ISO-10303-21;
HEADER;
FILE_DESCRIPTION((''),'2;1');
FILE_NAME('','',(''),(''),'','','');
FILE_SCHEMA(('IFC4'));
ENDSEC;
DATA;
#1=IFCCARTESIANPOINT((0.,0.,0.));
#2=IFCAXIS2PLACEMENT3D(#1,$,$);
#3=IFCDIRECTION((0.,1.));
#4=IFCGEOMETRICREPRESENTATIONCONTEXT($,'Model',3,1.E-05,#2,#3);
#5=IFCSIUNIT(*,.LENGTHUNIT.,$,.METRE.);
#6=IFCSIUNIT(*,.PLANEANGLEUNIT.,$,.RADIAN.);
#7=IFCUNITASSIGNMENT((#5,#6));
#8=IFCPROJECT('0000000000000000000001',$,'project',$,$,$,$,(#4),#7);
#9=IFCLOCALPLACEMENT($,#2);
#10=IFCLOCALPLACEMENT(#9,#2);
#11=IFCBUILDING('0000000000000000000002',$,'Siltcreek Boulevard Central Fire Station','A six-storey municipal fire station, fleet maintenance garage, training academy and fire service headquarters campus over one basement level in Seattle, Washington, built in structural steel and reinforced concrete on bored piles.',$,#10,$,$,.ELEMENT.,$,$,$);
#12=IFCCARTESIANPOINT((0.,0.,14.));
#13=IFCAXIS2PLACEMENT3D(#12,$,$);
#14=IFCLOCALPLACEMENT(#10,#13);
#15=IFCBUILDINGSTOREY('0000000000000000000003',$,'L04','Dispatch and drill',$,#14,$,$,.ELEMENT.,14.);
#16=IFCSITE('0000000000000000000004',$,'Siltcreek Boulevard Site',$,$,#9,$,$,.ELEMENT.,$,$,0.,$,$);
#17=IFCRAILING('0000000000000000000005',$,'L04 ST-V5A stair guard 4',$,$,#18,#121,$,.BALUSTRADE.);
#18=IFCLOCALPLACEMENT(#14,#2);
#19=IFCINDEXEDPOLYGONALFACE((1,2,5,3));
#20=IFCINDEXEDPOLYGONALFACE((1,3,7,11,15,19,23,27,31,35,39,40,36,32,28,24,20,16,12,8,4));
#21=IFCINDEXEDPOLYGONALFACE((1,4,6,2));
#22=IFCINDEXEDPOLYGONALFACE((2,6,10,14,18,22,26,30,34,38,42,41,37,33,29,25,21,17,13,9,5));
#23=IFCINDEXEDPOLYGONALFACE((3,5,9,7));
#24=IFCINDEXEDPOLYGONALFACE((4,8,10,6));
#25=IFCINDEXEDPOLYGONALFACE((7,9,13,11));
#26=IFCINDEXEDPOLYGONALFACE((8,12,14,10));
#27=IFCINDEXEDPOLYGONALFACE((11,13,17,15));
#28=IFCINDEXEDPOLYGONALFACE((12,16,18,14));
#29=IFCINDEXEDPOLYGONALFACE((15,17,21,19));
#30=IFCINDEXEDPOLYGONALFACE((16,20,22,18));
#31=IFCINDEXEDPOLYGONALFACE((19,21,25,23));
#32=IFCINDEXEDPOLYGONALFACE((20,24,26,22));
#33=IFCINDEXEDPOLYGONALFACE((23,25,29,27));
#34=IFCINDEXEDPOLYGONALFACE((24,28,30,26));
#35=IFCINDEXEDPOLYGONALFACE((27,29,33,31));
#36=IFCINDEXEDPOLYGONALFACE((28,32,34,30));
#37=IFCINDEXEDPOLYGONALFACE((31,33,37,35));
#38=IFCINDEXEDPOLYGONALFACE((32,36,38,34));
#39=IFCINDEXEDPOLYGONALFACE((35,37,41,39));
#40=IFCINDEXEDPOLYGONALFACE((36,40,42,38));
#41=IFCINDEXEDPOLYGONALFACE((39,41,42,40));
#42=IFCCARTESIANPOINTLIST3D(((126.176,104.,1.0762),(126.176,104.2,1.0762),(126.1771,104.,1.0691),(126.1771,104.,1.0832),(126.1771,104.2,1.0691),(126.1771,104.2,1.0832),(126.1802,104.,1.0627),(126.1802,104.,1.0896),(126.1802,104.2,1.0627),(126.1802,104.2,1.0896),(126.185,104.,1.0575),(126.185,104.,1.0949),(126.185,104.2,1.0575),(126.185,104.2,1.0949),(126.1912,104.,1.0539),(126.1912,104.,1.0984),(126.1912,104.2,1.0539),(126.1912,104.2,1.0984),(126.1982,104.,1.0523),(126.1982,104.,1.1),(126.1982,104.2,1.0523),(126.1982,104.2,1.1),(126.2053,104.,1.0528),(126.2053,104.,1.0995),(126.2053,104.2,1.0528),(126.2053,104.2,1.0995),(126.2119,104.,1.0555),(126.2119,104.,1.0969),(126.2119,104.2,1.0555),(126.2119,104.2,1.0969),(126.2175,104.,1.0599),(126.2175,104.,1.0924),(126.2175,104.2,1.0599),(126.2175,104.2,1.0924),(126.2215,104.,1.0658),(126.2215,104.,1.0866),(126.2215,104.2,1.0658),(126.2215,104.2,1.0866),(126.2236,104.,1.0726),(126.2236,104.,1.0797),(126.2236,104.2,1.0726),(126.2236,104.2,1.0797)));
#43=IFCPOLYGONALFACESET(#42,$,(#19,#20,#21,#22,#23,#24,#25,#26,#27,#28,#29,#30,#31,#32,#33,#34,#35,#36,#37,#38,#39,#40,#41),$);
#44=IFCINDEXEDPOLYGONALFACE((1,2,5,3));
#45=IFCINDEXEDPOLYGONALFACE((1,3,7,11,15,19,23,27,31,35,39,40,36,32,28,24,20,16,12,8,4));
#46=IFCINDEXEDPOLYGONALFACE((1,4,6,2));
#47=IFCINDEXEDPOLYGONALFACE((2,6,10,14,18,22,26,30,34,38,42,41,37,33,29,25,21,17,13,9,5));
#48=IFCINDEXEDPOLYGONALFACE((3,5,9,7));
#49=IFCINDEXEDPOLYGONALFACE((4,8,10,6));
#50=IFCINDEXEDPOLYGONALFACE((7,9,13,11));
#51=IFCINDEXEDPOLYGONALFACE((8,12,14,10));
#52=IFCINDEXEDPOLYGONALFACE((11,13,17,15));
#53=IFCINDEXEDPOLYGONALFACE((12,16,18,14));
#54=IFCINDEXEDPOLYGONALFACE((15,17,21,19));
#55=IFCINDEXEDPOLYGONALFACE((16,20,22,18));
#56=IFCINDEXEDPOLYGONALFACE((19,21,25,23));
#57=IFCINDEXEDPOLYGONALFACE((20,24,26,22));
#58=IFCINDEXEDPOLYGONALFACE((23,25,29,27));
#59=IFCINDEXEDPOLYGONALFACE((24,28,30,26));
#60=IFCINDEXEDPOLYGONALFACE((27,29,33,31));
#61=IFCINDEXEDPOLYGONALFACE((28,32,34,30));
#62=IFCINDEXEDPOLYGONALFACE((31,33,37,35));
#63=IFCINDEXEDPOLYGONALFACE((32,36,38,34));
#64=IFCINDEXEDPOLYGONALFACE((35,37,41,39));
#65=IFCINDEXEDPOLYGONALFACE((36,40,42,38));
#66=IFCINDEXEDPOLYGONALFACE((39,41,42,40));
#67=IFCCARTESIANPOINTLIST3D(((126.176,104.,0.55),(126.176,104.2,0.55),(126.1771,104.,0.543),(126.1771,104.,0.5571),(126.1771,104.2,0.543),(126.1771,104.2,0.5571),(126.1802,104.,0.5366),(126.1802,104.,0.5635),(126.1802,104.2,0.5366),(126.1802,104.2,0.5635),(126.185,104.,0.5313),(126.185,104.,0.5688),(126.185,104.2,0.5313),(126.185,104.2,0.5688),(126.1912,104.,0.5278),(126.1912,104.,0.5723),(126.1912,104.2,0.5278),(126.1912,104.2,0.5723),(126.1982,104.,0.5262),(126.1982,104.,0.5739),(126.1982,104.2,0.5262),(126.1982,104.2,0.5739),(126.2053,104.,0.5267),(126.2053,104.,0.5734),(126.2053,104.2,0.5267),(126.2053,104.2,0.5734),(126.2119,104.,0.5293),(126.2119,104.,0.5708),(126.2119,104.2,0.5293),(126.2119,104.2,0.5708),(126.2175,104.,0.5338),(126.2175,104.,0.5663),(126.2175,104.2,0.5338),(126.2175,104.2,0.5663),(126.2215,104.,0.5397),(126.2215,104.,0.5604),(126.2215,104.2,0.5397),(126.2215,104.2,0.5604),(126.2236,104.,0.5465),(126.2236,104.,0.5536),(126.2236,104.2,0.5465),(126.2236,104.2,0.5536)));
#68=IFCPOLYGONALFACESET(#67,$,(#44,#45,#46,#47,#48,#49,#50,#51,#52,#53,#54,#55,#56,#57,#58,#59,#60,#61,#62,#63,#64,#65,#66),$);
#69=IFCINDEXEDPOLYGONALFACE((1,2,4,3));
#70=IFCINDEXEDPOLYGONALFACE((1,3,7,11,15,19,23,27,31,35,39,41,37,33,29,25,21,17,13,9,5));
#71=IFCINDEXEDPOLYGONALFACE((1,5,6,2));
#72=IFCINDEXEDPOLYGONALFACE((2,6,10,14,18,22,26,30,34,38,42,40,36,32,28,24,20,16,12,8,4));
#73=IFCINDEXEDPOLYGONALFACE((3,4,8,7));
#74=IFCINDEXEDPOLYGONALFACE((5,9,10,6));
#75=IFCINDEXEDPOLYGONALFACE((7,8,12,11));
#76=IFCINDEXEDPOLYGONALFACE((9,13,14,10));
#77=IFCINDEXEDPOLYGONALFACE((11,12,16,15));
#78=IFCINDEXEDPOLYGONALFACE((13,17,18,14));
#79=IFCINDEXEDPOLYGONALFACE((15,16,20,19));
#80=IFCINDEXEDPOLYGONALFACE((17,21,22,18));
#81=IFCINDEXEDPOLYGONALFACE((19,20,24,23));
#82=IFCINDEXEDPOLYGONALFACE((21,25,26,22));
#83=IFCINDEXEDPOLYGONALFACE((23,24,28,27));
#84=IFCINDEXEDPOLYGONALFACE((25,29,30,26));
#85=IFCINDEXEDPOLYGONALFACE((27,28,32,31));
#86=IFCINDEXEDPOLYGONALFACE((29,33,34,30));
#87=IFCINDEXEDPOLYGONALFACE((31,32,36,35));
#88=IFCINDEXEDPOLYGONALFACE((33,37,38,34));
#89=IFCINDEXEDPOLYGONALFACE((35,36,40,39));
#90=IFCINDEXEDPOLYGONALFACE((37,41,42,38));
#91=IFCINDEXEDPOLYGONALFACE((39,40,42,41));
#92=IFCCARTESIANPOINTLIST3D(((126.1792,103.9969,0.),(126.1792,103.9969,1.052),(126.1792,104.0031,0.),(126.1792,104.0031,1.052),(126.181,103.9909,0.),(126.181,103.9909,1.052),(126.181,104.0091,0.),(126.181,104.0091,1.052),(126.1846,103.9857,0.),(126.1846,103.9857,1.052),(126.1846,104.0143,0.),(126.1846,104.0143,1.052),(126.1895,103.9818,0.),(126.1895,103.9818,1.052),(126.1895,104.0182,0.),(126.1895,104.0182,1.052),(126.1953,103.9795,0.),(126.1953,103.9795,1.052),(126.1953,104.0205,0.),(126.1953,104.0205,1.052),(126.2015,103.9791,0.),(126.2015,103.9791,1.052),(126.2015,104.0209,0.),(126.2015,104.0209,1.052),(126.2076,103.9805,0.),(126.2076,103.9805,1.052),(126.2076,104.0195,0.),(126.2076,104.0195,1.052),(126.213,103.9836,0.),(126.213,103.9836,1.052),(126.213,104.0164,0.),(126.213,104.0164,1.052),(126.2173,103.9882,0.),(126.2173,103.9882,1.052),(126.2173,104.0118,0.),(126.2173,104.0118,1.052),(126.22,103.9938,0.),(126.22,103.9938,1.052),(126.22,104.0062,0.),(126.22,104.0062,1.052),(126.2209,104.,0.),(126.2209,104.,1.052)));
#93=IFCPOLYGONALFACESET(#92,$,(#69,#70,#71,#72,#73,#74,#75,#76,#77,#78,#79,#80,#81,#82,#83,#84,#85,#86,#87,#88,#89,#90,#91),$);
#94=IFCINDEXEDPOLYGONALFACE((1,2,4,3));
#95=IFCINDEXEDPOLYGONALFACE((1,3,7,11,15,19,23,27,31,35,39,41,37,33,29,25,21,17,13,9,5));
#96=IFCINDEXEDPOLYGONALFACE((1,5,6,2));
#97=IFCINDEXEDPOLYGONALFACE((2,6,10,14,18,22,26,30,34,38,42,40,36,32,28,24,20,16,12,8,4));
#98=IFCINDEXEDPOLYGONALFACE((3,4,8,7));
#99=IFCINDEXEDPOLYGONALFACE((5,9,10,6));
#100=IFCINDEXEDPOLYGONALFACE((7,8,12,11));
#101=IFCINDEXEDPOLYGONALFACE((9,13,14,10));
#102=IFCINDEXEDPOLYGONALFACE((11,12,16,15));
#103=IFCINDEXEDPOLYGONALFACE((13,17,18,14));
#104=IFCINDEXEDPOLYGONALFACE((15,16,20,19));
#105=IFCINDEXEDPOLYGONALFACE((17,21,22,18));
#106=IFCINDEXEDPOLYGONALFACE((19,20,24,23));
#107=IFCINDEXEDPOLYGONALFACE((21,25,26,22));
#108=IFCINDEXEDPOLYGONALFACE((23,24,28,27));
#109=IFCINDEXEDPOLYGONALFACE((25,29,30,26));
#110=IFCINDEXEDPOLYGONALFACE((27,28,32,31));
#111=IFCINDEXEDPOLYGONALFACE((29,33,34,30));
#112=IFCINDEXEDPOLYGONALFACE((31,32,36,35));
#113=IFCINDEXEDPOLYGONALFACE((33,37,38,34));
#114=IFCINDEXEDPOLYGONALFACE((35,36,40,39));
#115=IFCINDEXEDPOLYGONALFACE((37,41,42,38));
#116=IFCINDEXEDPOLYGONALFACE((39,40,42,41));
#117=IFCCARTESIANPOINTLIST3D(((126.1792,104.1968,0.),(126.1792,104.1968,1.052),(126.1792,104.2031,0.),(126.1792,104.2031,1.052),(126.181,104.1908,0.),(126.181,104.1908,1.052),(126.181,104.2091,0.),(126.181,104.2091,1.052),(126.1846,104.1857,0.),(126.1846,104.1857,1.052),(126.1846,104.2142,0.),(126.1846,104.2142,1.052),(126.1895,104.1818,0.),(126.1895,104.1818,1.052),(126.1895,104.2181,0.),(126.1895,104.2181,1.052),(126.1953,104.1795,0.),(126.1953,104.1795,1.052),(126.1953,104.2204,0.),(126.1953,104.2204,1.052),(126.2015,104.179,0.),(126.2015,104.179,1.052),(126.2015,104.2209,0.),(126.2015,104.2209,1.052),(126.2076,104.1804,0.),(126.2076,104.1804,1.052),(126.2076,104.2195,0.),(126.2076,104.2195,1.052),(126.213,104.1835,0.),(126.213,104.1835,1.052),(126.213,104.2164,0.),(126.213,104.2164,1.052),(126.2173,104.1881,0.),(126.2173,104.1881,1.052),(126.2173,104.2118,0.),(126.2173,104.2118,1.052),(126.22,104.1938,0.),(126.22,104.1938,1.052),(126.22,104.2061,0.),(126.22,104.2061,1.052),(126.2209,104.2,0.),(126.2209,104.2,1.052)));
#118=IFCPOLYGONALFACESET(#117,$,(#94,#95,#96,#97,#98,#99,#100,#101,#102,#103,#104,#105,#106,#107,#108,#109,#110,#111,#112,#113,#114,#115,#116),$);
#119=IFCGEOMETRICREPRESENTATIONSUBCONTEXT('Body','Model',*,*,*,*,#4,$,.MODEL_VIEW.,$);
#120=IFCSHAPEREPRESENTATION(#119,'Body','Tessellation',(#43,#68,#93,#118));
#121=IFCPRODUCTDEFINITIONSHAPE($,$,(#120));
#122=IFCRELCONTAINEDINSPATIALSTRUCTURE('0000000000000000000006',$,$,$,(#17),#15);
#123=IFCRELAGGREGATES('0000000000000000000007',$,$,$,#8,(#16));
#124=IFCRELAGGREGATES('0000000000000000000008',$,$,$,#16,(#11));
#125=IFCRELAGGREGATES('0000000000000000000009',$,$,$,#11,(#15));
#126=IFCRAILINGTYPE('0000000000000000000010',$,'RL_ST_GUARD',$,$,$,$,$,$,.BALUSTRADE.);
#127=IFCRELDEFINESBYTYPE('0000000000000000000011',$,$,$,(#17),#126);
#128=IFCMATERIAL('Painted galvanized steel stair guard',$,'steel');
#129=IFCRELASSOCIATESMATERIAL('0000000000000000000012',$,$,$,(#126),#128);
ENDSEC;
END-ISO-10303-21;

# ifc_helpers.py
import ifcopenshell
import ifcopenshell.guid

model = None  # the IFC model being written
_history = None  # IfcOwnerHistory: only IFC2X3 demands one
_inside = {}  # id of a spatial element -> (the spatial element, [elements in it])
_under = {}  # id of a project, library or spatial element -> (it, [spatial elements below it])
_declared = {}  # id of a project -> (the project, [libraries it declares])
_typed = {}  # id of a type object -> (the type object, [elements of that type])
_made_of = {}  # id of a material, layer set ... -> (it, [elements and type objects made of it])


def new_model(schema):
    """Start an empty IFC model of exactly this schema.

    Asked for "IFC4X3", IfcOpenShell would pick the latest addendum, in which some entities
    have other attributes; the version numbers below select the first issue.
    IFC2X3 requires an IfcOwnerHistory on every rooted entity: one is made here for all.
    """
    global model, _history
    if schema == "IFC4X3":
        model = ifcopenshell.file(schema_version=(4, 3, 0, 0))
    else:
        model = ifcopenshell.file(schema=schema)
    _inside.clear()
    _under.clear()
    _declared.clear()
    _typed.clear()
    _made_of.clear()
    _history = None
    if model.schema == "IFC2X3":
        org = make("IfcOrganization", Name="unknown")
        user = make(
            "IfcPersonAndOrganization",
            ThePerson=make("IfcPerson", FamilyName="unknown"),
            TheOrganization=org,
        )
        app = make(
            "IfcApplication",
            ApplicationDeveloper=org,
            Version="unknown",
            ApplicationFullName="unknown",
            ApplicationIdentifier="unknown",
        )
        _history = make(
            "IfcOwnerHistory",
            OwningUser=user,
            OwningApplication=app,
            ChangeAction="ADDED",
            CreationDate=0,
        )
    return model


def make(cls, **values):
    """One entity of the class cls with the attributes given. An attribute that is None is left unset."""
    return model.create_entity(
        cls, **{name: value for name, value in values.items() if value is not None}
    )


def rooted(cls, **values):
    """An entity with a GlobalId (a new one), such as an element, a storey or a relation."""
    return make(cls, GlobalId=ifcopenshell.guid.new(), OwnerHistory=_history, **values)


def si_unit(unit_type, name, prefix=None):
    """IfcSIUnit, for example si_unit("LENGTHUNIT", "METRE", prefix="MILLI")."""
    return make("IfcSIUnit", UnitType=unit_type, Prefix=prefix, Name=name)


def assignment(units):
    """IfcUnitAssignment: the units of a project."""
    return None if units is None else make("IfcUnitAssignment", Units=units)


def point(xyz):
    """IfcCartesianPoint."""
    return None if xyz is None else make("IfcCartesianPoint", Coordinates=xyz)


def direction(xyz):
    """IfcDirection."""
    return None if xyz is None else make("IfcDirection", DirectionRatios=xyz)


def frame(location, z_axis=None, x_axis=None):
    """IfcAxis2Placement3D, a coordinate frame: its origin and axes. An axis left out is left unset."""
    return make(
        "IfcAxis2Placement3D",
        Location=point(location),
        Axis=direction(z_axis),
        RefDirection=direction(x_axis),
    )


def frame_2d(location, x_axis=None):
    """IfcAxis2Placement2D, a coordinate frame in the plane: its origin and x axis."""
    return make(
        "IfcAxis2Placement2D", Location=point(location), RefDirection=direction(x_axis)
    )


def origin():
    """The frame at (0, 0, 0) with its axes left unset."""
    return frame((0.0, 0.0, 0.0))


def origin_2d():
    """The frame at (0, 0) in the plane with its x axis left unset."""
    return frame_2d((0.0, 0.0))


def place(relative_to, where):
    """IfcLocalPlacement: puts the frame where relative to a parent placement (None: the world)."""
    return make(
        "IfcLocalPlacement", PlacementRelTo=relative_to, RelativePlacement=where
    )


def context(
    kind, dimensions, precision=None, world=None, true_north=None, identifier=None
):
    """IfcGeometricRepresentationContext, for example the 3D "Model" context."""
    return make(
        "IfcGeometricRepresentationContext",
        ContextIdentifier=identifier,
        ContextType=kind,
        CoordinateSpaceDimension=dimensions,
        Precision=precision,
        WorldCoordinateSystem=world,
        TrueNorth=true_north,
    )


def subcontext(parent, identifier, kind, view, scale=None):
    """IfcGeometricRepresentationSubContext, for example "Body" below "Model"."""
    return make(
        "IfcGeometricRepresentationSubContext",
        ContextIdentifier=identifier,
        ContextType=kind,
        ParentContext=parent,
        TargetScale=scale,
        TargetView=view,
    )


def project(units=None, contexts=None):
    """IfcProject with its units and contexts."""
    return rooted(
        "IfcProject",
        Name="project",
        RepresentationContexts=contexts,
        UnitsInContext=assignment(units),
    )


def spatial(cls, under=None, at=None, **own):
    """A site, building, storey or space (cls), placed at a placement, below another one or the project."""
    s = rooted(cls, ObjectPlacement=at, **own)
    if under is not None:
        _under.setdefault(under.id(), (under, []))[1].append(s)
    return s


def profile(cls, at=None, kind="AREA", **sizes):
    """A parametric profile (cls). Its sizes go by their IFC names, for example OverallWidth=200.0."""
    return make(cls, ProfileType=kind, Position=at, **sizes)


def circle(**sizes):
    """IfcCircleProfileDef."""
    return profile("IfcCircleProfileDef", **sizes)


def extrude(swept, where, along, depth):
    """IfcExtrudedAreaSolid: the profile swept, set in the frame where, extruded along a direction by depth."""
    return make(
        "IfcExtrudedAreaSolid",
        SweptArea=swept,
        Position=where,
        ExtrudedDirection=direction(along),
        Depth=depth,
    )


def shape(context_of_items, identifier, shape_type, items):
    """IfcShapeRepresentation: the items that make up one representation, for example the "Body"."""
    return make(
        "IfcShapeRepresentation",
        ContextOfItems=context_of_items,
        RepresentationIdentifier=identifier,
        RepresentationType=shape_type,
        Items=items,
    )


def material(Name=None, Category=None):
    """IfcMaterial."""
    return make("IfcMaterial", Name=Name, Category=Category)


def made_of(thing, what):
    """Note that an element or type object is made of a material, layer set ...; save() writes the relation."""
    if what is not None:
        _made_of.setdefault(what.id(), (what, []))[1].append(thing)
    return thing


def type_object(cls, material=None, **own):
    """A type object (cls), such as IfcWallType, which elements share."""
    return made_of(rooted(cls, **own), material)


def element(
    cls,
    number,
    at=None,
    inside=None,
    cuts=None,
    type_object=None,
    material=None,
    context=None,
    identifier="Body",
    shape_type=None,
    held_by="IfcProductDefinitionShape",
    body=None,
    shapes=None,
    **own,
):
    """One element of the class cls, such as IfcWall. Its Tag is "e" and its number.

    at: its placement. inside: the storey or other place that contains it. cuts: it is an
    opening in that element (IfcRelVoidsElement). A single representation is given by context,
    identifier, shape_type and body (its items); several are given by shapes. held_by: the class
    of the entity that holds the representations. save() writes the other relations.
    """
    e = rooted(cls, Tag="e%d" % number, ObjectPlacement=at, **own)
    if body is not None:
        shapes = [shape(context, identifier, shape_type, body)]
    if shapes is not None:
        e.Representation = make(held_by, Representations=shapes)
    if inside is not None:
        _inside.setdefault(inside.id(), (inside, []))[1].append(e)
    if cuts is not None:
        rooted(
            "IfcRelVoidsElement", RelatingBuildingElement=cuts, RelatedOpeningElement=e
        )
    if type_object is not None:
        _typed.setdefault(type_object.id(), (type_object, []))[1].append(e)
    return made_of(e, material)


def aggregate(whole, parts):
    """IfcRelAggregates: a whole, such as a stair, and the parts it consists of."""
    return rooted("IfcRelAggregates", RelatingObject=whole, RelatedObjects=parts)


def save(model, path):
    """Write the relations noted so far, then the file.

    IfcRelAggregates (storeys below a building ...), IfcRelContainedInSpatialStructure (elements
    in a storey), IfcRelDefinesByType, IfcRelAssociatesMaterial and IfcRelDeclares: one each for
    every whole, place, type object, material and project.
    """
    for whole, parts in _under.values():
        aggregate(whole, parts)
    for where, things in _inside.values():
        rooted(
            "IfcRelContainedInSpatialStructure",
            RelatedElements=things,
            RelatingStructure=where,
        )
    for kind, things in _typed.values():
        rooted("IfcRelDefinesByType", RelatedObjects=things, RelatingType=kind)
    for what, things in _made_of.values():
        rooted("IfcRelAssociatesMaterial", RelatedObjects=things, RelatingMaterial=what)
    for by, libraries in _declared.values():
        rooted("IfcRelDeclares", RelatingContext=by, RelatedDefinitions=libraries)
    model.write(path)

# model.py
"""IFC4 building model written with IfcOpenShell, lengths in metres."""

from ifc_helpers import new_model, si_unit, direction, frame, origin, origin_2d, place, context, subcontext, project, spatial, circle, extrude, material, type_object, element, save


model = new_model("IFC4")

# Units and contexts
model_context = context("Model", 3, precision=1e-05, world=origin(), true_north=direction((0.0, 1.0)))
body_context = subcontext(model_context, "Body", "Model", "MODEL_VIEW")
ifc_project = project(units=[si_unit("LENGTHUNIT", "METRE"), si_unit("PLANEANGLEUNIT", "RADIAN")], contexts=[model_context])

# Site, building, storey
site_placement = place(None, origin())
site = spatial("IfcSite", under=ifc_project, at=site_placement, Name="Siltcreek Boulevard Site", CompositionType="ELEMENT", RefElevation=0.0)
building_placement = place(site_placement, origin())
building = spatial("IfcBuilding", under=site, at=building_placement, Name="Siltcreek Boulevard Central Fire Station", Description="A six-storey municipal fire station, fleet maintenance garage, training academy and fire service headquarters campus over one basement level in Seattle, Washington, built in structural steel and reinforced concrete on bored piles.", CompositionType="ELEMENT")
storey_placement = place(building_placement, frame((0.0, 0.0, 14.0)))
storey = spatial("IfcBuildingStorey", under=building, at=storey_placement, Name="L04", Description="Dispatch and drill", CompositionType="ELEMENT", Elevation=14.0)

# Railing
ifc_material_1 = material(Name="Painted galvanized steel stair guard", Category="steel")
railing_type_1 = type_object("IfcRailingType", Name="RL_ST_GUARD", PredefinedType="BALUSTRADE", material=ifc_material_1)
railing_1_placement = place(storey_placement, frame((126.2, 104.0, 0.0)))
element("IfcRailing", 1, at=railing_1_placement, inside=storey, type_object=railing_type_1, Name="L04 ST-V5A stair guard 4", PredefinedType="BALUSTRADE", context=body_context, shape_type="SweptSolid", body=[
    extrude(circle(Radius=0.0239, at=origin_2d()), frame((0.0, 0.0, 1.0762), z_axis=(0.0, 1.0, 0.0), x_axis=(-1.0, 0.0, 0.0)), (0.0, 0.0, 1.0), 0.2),
    extrude(circle(Radius=0.0239, at=origin_2d()), frame((0.0, 0.0, 0.55), z_axis=(0.0, 1.0, 0.0), x_axis=(-1.0, 0.0, 0.0)), (0.0, 0.0, 1.0), 0.2),
    extrude(circle(Radius=0.021, at=origin_2d()), origin(), (0.0, 0.0, 1.0), 1.052),
    extrude(circle(Radius=0.021, at=origin_2d()), frame((0.0, 0.2, 0.0)), (0.0, 0.0, 1.0), 1.052),
])

save(model, "model.ifc")
